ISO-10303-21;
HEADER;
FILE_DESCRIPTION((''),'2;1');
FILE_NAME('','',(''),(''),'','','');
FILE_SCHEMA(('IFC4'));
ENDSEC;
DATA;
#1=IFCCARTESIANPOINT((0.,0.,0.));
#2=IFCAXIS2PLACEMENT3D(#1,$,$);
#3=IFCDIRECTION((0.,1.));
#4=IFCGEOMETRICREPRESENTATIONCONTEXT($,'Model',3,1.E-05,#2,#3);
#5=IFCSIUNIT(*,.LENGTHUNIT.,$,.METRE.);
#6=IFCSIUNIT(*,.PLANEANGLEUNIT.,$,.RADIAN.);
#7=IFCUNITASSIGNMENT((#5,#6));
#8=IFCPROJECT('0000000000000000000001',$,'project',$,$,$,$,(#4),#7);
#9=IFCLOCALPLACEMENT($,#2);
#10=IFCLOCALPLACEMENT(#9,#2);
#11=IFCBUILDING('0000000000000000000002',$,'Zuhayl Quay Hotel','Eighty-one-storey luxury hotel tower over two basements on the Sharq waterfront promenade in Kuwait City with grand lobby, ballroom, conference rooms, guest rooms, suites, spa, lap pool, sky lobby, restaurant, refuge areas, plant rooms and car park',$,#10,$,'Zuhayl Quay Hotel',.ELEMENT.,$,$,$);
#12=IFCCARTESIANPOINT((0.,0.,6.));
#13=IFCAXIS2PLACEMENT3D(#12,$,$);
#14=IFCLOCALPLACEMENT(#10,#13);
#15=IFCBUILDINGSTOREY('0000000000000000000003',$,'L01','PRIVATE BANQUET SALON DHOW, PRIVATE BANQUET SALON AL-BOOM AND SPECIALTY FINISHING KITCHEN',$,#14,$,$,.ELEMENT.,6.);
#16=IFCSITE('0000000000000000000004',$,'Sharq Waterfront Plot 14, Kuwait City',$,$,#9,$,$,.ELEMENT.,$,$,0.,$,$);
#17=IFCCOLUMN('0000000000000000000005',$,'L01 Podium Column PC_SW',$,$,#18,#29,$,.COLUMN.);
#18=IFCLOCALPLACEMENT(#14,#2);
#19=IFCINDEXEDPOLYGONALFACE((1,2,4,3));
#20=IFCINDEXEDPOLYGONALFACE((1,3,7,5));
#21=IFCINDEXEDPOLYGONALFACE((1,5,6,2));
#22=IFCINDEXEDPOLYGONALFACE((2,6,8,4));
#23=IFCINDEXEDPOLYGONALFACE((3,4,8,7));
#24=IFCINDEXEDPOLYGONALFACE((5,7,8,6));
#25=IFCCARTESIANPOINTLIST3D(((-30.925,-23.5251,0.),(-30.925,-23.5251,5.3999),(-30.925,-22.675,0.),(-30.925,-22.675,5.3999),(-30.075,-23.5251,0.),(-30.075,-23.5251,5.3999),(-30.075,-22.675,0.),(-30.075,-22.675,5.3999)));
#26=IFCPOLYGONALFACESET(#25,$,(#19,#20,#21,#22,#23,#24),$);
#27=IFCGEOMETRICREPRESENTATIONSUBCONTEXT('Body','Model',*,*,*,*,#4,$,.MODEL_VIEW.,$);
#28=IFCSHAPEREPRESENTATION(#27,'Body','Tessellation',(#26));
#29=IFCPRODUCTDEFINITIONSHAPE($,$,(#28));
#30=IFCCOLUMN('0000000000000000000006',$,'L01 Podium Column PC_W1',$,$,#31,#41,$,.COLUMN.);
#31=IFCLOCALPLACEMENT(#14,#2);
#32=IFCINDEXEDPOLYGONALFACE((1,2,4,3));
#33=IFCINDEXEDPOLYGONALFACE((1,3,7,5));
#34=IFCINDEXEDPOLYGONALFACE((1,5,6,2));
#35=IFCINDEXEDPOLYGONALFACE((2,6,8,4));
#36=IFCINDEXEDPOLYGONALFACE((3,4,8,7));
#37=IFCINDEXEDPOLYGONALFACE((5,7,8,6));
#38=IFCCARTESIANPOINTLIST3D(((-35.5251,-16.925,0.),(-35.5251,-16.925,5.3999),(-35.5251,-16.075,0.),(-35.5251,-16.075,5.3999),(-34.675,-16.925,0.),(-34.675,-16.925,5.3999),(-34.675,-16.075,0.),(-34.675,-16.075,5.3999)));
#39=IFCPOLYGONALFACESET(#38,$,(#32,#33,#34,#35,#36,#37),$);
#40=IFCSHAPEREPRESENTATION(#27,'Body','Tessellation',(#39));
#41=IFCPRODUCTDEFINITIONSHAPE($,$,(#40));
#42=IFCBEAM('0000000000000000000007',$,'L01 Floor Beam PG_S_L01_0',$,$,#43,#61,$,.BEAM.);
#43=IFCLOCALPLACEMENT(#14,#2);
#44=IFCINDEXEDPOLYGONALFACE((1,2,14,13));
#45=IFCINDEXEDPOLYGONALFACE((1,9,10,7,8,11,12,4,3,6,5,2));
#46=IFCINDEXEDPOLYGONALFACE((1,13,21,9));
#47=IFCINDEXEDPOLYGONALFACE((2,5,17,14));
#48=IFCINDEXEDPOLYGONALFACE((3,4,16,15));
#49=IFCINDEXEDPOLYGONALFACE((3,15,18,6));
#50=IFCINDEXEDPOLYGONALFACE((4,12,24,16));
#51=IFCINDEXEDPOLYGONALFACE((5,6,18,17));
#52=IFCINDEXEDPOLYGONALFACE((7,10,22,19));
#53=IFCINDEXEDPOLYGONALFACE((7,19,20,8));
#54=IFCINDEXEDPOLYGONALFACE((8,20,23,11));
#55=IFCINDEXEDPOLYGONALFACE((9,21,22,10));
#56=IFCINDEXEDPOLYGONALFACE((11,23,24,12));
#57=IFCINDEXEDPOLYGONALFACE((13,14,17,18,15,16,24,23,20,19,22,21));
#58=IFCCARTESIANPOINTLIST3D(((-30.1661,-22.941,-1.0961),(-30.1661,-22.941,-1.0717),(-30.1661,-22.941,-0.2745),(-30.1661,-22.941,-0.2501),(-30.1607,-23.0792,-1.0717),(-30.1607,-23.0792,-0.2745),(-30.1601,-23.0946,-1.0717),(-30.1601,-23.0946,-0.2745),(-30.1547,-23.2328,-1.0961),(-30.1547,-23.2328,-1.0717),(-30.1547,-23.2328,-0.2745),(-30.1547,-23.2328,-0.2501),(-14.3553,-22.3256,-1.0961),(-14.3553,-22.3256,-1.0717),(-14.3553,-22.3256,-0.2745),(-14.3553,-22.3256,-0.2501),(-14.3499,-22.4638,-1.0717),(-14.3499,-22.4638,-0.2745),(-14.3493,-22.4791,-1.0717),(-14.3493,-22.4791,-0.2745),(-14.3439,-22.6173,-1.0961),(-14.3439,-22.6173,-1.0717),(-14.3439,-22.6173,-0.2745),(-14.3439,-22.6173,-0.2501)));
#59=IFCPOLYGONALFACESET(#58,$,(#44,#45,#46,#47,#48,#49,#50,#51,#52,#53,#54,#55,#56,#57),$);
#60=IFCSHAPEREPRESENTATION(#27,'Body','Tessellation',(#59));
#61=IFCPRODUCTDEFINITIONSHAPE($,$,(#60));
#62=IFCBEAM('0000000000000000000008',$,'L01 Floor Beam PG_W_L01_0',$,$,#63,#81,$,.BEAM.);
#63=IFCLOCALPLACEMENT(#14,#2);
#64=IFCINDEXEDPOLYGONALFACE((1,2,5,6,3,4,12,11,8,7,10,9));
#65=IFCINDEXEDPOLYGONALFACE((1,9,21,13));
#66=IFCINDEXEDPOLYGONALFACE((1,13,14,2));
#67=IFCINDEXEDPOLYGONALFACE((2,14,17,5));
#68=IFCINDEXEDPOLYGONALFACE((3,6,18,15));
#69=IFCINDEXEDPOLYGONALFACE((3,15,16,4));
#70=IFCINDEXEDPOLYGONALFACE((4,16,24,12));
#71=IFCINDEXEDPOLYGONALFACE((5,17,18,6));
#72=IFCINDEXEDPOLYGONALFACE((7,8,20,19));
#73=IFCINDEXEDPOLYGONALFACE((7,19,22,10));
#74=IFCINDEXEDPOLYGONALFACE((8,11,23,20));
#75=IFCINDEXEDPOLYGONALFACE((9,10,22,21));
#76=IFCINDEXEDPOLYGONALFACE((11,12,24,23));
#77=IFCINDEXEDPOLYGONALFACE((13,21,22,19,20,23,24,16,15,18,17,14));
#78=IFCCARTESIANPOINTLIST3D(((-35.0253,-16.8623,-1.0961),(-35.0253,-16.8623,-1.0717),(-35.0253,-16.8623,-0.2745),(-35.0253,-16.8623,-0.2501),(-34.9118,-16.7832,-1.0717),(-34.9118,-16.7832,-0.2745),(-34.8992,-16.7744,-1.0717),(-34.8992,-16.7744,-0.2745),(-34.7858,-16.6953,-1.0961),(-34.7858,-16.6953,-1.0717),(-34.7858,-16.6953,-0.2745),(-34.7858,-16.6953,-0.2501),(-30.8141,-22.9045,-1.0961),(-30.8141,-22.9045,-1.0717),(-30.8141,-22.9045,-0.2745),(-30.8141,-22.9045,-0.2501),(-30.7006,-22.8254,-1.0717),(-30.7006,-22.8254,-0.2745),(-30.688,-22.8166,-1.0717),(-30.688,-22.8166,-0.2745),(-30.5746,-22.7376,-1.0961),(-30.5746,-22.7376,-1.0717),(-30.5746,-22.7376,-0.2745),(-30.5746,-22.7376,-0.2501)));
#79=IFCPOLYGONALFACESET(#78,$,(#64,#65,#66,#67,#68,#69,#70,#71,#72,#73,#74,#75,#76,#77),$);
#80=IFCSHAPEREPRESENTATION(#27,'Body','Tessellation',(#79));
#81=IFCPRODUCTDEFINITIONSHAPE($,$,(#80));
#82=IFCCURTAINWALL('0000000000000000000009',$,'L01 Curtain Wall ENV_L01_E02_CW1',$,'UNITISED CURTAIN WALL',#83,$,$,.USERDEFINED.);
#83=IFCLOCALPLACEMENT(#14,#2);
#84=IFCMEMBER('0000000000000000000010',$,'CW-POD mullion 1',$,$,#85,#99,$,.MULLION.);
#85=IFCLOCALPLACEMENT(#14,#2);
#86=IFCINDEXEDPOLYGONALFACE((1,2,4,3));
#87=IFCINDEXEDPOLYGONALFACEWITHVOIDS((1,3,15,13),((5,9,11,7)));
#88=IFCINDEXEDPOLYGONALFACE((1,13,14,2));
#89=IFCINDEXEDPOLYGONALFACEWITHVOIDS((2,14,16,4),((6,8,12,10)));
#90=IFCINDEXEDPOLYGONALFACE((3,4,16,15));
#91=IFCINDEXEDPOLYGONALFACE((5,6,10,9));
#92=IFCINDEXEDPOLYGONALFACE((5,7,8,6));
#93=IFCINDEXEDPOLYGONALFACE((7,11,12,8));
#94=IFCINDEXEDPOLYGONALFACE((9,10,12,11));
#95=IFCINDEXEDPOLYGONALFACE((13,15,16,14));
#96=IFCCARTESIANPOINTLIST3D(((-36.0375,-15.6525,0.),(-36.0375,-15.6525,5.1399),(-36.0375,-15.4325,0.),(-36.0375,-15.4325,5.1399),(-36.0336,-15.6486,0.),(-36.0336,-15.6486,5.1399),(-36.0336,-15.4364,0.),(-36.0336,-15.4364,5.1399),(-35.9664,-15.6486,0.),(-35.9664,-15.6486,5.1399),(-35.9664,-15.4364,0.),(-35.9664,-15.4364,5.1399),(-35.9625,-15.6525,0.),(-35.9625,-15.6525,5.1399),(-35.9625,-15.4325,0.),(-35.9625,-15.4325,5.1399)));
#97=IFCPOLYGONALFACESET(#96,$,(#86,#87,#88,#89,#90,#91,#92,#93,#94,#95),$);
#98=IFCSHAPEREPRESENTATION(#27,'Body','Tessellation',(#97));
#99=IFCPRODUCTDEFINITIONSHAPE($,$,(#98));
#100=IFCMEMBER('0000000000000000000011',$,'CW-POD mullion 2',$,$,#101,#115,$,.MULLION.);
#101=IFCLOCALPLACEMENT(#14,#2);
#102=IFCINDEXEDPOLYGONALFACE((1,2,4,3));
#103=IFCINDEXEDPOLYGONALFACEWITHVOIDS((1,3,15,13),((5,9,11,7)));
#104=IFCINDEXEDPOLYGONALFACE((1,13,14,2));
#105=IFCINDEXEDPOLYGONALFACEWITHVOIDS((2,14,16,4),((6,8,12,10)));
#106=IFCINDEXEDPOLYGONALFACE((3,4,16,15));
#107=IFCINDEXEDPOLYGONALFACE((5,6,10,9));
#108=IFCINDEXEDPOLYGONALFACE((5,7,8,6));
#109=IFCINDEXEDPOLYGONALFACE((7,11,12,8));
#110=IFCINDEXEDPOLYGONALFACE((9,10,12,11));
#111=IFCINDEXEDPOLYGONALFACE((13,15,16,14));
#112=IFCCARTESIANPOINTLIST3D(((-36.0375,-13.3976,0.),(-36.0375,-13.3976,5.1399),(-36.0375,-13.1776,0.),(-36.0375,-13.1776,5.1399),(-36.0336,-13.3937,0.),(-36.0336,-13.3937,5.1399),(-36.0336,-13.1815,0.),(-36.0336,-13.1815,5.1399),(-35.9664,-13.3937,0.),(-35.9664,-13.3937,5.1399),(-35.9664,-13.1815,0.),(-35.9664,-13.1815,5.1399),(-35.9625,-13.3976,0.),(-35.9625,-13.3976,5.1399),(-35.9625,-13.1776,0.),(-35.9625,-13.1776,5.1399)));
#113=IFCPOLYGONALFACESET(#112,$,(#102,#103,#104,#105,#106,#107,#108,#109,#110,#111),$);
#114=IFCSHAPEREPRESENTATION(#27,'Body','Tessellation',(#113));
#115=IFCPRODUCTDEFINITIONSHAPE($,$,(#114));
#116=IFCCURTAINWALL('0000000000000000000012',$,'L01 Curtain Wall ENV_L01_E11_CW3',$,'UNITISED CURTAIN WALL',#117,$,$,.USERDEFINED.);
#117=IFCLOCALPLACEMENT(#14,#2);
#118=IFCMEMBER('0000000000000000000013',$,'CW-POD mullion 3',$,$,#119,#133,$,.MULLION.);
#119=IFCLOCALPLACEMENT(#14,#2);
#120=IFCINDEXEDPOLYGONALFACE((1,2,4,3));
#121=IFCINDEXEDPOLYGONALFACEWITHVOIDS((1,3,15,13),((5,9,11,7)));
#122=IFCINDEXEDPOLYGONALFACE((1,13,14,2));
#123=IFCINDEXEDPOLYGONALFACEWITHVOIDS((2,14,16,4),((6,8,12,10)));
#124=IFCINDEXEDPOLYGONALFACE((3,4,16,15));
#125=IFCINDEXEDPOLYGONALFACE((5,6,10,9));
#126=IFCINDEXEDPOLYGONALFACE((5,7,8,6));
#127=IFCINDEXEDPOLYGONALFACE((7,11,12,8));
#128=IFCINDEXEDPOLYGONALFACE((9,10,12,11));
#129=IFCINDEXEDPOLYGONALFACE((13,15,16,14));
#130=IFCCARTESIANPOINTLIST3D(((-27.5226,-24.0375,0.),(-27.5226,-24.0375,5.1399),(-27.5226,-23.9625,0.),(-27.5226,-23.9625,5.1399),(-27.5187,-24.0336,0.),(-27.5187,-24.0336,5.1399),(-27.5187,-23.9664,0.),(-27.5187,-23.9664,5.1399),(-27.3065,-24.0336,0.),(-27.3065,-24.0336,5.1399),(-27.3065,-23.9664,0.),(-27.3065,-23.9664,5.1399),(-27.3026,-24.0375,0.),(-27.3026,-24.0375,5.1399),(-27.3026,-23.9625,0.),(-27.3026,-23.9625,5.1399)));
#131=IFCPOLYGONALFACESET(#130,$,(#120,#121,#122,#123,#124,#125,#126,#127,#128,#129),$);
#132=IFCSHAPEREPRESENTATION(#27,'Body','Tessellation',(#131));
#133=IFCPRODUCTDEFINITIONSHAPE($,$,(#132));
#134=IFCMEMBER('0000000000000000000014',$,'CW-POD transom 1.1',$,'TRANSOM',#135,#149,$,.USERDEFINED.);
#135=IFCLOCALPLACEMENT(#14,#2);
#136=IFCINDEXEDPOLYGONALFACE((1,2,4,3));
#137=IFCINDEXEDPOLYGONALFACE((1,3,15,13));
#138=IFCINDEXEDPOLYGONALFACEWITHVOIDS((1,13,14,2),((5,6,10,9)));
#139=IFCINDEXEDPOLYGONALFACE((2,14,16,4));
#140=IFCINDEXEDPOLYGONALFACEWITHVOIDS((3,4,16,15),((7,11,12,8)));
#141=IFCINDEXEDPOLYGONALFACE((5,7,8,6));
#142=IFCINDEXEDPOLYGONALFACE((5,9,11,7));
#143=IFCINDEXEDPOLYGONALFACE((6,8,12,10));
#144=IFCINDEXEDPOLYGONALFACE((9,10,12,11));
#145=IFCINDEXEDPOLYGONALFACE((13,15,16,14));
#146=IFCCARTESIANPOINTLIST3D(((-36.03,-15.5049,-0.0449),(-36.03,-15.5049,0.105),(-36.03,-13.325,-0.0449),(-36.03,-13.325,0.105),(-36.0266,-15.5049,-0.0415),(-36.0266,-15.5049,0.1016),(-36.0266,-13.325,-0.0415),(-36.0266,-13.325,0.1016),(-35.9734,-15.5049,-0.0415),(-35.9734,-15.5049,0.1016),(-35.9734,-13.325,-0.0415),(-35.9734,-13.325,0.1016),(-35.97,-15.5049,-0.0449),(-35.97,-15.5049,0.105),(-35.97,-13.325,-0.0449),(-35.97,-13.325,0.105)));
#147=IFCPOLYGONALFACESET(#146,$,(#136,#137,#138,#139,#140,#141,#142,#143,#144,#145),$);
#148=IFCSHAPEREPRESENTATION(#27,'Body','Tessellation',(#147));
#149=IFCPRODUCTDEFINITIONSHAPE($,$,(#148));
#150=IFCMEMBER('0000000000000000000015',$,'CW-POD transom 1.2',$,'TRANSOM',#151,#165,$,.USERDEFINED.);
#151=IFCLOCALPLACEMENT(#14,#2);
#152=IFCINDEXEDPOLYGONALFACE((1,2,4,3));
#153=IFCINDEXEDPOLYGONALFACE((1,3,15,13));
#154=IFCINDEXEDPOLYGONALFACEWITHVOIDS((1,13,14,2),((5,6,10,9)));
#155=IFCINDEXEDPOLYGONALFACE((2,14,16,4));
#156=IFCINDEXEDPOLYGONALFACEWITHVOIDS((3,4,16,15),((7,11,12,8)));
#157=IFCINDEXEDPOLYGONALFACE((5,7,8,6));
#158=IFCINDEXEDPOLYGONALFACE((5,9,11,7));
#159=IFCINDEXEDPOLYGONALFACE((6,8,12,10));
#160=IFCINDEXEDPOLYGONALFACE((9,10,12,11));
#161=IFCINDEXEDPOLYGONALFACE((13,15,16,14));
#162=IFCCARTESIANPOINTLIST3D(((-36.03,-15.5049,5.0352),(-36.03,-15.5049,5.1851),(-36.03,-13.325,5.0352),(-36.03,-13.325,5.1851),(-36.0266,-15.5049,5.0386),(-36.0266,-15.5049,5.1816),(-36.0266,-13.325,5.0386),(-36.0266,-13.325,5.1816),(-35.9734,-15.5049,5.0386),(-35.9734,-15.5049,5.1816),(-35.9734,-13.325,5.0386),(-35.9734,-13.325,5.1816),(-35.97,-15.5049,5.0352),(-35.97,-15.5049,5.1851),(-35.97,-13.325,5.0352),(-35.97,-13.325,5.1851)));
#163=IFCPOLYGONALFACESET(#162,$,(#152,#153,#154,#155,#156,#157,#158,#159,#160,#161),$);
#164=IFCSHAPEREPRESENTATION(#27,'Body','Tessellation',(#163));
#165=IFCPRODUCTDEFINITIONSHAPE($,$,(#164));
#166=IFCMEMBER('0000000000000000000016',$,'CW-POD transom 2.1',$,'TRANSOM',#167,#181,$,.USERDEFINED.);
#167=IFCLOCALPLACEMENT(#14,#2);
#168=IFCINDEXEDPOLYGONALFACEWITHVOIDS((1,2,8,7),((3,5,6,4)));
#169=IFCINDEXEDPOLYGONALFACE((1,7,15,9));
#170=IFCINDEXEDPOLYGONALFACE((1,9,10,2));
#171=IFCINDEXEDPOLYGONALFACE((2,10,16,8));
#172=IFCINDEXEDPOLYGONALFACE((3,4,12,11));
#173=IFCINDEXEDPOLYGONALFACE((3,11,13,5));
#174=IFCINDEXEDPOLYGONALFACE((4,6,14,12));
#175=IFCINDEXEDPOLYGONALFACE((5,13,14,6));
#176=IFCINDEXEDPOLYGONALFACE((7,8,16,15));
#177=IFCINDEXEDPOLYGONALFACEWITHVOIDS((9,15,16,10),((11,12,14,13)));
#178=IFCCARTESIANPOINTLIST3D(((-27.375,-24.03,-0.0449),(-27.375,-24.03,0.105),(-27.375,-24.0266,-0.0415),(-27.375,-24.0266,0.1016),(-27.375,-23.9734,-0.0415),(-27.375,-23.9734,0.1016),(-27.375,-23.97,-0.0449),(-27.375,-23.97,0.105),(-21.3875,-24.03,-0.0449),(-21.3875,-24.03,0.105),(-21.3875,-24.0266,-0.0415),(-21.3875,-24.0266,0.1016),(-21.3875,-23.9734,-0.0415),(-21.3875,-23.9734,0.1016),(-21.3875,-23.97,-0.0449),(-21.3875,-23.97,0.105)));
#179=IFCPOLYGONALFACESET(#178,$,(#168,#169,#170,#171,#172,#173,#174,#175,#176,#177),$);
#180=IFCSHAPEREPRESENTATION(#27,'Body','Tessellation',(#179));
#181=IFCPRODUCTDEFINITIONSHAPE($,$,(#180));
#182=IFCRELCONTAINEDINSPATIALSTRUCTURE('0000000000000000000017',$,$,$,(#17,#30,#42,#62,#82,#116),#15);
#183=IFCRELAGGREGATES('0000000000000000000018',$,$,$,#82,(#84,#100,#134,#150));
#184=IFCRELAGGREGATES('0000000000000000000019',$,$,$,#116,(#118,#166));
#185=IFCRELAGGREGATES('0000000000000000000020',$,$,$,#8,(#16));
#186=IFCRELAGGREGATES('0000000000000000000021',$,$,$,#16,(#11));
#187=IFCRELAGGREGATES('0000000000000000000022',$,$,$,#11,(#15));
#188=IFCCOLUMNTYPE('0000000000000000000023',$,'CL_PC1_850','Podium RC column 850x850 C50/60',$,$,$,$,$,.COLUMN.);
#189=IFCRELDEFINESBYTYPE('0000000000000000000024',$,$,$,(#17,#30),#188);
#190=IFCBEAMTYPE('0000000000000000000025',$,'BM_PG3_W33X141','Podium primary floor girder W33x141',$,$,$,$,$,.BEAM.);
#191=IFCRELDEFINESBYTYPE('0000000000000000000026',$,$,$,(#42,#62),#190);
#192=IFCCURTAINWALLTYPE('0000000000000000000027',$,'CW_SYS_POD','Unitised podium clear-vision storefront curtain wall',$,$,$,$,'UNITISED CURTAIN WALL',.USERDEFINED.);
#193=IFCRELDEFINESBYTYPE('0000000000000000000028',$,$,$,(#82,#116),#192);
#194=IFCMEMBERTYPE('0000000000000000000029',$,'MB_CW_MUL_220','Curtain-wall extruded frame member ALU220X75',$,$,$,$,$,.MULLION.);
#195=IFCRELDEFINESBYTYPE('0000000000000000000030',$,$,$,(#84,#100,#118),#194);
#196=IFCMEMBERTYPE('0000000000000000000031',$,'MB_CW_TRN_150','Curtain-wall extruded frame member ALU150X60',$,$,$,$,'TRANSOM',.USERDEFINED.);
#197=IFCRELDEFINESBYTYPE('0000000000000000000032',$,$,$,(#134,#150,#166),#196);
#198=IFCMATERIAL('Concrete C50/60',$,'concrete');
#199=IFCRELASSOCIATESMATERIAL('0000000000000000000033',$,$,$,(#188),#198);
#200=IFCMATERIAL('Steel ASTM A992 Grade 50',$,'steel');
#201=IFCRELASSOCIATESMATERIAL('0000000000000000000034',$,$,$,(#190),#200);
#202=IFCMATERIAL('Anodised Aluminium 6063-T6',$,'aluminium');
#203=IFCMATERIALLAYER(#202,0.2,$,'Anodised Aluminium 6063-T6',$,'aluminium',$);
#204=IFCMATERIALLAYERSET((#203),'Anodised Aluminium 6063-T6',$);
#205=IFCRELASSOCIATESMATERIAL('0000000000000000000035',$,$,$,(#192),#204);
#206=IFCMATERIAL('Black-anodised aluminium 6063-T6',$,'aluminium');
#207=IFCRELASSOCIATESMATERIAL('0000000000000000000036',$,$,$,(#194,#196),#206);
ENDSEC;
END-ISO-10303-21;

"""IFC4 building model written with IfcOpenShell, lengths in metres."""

from ifc_helpers import new_model, si_unit, direction, frame, origin, origin_2d, place, context, subcontext, project, spatial, rectangle, hollow_rectangle, i_section, extrude, material, layer, layer_set, material_profile, profile_set, type_object, element, aggregate, save


model = new_model("IFC4")

# Units and contexts
model_context = context("Model", 3, precision=1e-05, world=origin(), true_north=direction((0.0, 1.0)))
body_context = subcontext(model_context, "Body", "Model", "MODEL_VIEW")
ifc_project = project(units=[si_unit("LENGTHUNIT", "METRE"), si_unit("PLANEANGLEUNIT", "RADIAN")], contexts=[model_context])

# Site, building, storey
site_placement = place(None, origin())
site = spatial("IfcSite", under=ifc_project, at=site_placement, Name="Sharq Waterfront Plot 14, Kuwait City", CompositionType="ELEMENT", RefElevation=0.0)
building_placement = place(site_placement, origin())
building = spatial("IfcBuilding", under=site, at=building_placement, Name="Zuhayl Quay Hotel", Description="Eighty-one-storey luxury hotel tower over two basements on the Sharq waterfront promenade in Kuwait City with grand lobby, ballroom, conference rooms, guest rooms, suites, spa, lap pool, sky lobby, restaurant, refuge areas, plant rooms and car park", LongName="Zuhayl Quay Hotel", CompositionType="ELEMENT")
storey_placement = place(building_placement, frame((0.0, 0.0, 6.0)))
storey = spatial("IfcBuildingStorey", under=building, at=storey_placement, Name="L01", Description="PRIVATE BANQUET SALON DHOW, PRIVATE BANQUET SALON AL-BOOM AND SPECIALTY FINISHING KITCHEN", CompositionType="ELEMENT", Elevation=6.0)

# Columns
ifc_material_1 = material(Name="Concrete C50/60", Category="concrete")
ifc_material_profile_1 = material_profile(ifc_material_1, rectangle(XDim=0.8501, YDim=0.8501, at=origin_2d()), Name="RC850X850")
ifc_profile_set_1 = profile_set([ifc_material_profile_1], Name="Concrete C50/60")
column_type = type_object("IfcColumnType", Name="CL_PC1_850", Description="Podium RC column 850x850 C50/60", PredefinedType="COLUMN", material=ifc_profile_set_1)
for number, where, z_axis, x_axis, name in (
    (1, (-30.5, -23.1001, 0.0), (0.0, 0.0, 1.0), (1.0, 0.0, 0.0), "L01 Podium Column PC_SW"),
    (2, (-35.1001, -16.5, 0.0), (0.0, 0.0, 1.0), (1.0, 0.0, 0.0), "L01 Podium Column PC_W1"),
):
    element("IfcColumn", number, at=place(storey_placement, frame(where, z_axis=z_axis, x_axis=x_axis)), inside=storey, type_object=column_type, Name=name, PredefinedType="COLUMN", context=body_context, shape_type="SweptSolid", body=[
        extrude(rectangle(XDim=0.8501, YDim=0.8501, at=origin_2d()), origin(), (0.0, 0.0, 1.0), 5.3999),
    ])

# Beams
ifc_material_2 = material(Name="Steel ASTM A992 Grade 50", Category="steel")
ifc_material_profile_2 = material_profile(ifc_material_2, i_section(OverallWidth=0.292, OverallDepth=0.8459, WebThickness=0.0154, FlangeThickness=0.0244, at=origin_2d()), Name="W33X141")
ifc_profile_set_2 = profile_set([ifc_material_profile_2], Name="Steel ASTM A992 Grade 50")
beam_type = type_object("IfcBeamType", Name="BM_PG3_W33X141", Description="Podium primary floor girder W33x141", PredefinedType="BEAM", material=ifc_profile_set_2)
beam_1_placement = place(storey_placement, frame((-30.1604, -23.0869, -0.6731), z_axis=(0.999243, 0.038898, 0.0), x_axis=(-0.038898, 0.999243, 0.0)))
element("IfcBeam", 3, at=beam_1_placement, inside=storey, type_object=beam_type, Name="L01 Floor Beam PG_S_L01_0", PredefinedType="BEAM", context=body_context, shape_type="SweptSolid", body=[
    extrude(i_section(OverallWidth=0.292, OverallDepth=0.8459, WebThickness=0.0154, FlangeThickness=0.0244, at=origin_2d()), origin(), (0.0, 0.0, 1.0), 15.8228),
])
beam_2_placement = place(storey_placement, frame((-30.6943, -22.821, -0.6731), z_axis=(-0.571786, 0.820403, 0.0), x_axis=(-0.820403, -0.571786, 0.0)))
element("IfcBeam", 4, at=beam_2_placement, inside=storey, type_object=beam_type, Name="L01 Floor Beam PG_W_L01_0", PredefinedType="BEAM", context=body_context, shape_type="SweptSolid", body=[
    extrude(i_section(OverallWidth=0.292, OverallDepth=0.8459, WebThickness=0.0154, FlangeThickness=0.0244, at=origin_2d()), origin(), (0.0, 0.0, 1.0), 7.365),
])

# Curtain wall, members
ifc_material_3 = material(Name="Anodised Aluminium 6063-T6", Category="aluminium")
ifc_layer_1 = layer(ifc_material_3, 0.2, Name="Anodised Aluminium 6063-T6", Category="aluminium")
ifc_layer_set_1 = layer_set([ifc_layer_1], Name="Anodised Aluminium 6063-T6")
curtain_wall_type = type_object("IfcCurtainWallType", Name="CW_SYS_POD", Description="Unitised podium clear-vision storefront curtain wall", ElementType="UNITISED CURTAIN WALL", PredefinedType="USERDEFINED", material=ifc_layer_set_1)
curtain_wall_1_placement = place(storey_placement, origin())
curtain_wall_1 = element("IfcCurtainWall", 5, at=curtain_wall_1_placement, inside=storey, type_object=curtain_wall_type, Name="L01 Curtain Wall ENV_L01_E02_CW1", ObjectType="UNITISED CURTAIN WALL", PredefinedType="USERDEFINED")
ifc_material_4 = material(Name="Black-anodised aluminium 6063-T6", Category="aluminium")
ifc_material_profile_3 = material_profile(ifc_material_4, hollow_rectangle(XDim=0.075, YDim=0.22, WallThickness=0.0039, at=origin_2d()), Name="ALU220X75")
ifc_profile_set_3 = profile_set([ifc_material_profile_3], Name="Black-anodised aluminium 6063-T6")
member_type_1 = type_object("IfcMemberType", Name="MB_CW_MUL_220", Description="Curtain-wall extruded frame member ALU220X75", PredefinedType="MULLION", material=ifc_profile_set_3)
member_1_placement = place(storey_placement, frame((-36.0, -15.5425, 0.0), z_axis=(0.0, 0.0, 1.0), x_axis=(-1.0, 0.0, 0.0)))
member_1 = element("IfcMember", 6, at=member_1_placement, type_object=member_type_1, Name="CW-POD mullion 1", PredefinedType="MULLION", context=body_context, shape_type="SweptSolid", body=[
    extrude(hollow_rectangle(XDim=0.075, YDim=0.22, WallThickness=0.0039, at=origin_2d()), origin(), (0.0, 0.0, 1.0), 5.1399),
])
member_2_placement = place(storey_placement, frame((-36.0, -13.2876, 0.0), z_axis=(0.0, 0.0, 1.0), x_axis=(-1.0, 0.0, 0.0)))
member_2 = element("IfcMember", 7, at=member_2_placement, type_object=member_type_1, Name="CW-POD mullion 2", PredefinedType="MULLION", context=body_context, shape_type="SweptSolid", body=[
    extrude(hollow_rectangle(XDim=0.075, YDim=0.22, WallThickness=0.0039, at=origin_2d()), origin(), (0.0, 0.0, 1.0), 5.1399),
])

# Curtain wall, member
curtain_wall_2_placement = place(storey_placement, origin())
curtain_wall_2 = element("IfcCurtainWall", 8, at=curtain_wall_2_placement, inside=storey, type_object=curtain_wall_type, Name="L01 Curtain Wall ENV_L01_E11_CW3", ObjectType="UNITISED CURTAIN WALL", PredefinedType="USERDEFINED")
member_3_placement = place(storey_placement, frame((-27.4126, -24.0, 0.0), z_axis=(0.0, 0.0, 1.0), x_axis=(0.0, -1.0, 0.0)))
member_3 = element("IfcMember", 9, at=member_3_placement, type_object=member_type_1, Name="CW-POD mullion 3", PredefinedType="MULLION", context=body_context, shape_type="SweptSolid", body=[
    extrude(hollow_rectangle(XDim=0.075, YDim=0.22, WallThickness=0.0039, at=origin_2d()), origin(), (0.0, 0.0, 1.0), 5.1399),
])

# Members
ifc_material_profile_4 = material_profile(ifc_material_4, hollow_rectangle(XDim=0.0601, YDim=0.1499, WallThickness=0.0034, at=origin_2d()), Name="ALU150X60")
ifc_profile_set_4 = profile_set([ifc_material_profile_4], Name="Black-anodised aluminium 6063-T6")
member_type_2 = type_object("IfcMemberType", Name="MB_CW_TRN_150", Description="Curtain-wall extruded frame member ALU150X60", ElementType="TRANSOM", PredefinedType="USERDEFINED", material=ifc_profile_set_4)
member_4_placement = place(storey_placement, frame((-36.0, -15.5049, 0.03), z_axis=(0.0, 1.0, 0.0), x_axis=(-1.0, 0.0, 0.0)))
member_4 = element("IfcMember", 10, at=member_4_placement, type_object=member_type_2, Name="CW-POD transom 1.1", ObjectType="TRANSOM", PredefinedType="USERDEFINED", context=body_context, shape_type="SweptSolid", body=[
    extrude(hollow_rectangle(XDim=0.0601, YDim=0.1499, WallThickness=0.0034, at=origin_2d()), origin(), (0.0, 0.0, 1.0), 2.1799),
])
member_5_placement = place(storey_placement, frame((-36.0, -15.5049, 5.1101), z_axis=(0.0, 1.0, 0.0), x_axis=(-1.0, 0.0, 0.0)))
member_5 = element("IfcMember", 11, at=member_5_placement, type_object=member_type_2, Name="CW-POD transom 1.2", ObjectType="TRANSOM", PredefinedType="USERDEFINED", context=body_context, shape_type="SweptSolid", body=[
    extrude(hollow_rectangle(XDim=0.0601, YDim=0.1499, WallThickness=0.0034, at=origin_2d()), origin(), (0.0, 0.0, 1.0), 2.1799),
])
member_6_placement = place(storey_placement, frame((-21.3875, -24.0, 0.03), z_axis=(-1.0, 0.0, 0.0), x_axis=(0.0, -1.0, 0.0)))
member_6 = element("IfcMember", 12, at=member_6_placement, type_object=member_type_2, Name="CW-POD transom 2.1", ObjectType="TRANSOM", PredefinedType="USERDEFINED", context=body_context, shape_type="SweptSolid", body=[
    extrude(hollow_rectangle(XDim=0.0601, YDim=0.1499, WallThickness=0.0034, at=origin_2d()), origin(), (0.0, 0.0, 1.0), 5.9875),
])

aggregate(curtain_wall_1, [member_1, member_2, member_4, member_5])
aggregate(curtain_wall_2, [member_3, member_6])

save(model, "model.ifc")
